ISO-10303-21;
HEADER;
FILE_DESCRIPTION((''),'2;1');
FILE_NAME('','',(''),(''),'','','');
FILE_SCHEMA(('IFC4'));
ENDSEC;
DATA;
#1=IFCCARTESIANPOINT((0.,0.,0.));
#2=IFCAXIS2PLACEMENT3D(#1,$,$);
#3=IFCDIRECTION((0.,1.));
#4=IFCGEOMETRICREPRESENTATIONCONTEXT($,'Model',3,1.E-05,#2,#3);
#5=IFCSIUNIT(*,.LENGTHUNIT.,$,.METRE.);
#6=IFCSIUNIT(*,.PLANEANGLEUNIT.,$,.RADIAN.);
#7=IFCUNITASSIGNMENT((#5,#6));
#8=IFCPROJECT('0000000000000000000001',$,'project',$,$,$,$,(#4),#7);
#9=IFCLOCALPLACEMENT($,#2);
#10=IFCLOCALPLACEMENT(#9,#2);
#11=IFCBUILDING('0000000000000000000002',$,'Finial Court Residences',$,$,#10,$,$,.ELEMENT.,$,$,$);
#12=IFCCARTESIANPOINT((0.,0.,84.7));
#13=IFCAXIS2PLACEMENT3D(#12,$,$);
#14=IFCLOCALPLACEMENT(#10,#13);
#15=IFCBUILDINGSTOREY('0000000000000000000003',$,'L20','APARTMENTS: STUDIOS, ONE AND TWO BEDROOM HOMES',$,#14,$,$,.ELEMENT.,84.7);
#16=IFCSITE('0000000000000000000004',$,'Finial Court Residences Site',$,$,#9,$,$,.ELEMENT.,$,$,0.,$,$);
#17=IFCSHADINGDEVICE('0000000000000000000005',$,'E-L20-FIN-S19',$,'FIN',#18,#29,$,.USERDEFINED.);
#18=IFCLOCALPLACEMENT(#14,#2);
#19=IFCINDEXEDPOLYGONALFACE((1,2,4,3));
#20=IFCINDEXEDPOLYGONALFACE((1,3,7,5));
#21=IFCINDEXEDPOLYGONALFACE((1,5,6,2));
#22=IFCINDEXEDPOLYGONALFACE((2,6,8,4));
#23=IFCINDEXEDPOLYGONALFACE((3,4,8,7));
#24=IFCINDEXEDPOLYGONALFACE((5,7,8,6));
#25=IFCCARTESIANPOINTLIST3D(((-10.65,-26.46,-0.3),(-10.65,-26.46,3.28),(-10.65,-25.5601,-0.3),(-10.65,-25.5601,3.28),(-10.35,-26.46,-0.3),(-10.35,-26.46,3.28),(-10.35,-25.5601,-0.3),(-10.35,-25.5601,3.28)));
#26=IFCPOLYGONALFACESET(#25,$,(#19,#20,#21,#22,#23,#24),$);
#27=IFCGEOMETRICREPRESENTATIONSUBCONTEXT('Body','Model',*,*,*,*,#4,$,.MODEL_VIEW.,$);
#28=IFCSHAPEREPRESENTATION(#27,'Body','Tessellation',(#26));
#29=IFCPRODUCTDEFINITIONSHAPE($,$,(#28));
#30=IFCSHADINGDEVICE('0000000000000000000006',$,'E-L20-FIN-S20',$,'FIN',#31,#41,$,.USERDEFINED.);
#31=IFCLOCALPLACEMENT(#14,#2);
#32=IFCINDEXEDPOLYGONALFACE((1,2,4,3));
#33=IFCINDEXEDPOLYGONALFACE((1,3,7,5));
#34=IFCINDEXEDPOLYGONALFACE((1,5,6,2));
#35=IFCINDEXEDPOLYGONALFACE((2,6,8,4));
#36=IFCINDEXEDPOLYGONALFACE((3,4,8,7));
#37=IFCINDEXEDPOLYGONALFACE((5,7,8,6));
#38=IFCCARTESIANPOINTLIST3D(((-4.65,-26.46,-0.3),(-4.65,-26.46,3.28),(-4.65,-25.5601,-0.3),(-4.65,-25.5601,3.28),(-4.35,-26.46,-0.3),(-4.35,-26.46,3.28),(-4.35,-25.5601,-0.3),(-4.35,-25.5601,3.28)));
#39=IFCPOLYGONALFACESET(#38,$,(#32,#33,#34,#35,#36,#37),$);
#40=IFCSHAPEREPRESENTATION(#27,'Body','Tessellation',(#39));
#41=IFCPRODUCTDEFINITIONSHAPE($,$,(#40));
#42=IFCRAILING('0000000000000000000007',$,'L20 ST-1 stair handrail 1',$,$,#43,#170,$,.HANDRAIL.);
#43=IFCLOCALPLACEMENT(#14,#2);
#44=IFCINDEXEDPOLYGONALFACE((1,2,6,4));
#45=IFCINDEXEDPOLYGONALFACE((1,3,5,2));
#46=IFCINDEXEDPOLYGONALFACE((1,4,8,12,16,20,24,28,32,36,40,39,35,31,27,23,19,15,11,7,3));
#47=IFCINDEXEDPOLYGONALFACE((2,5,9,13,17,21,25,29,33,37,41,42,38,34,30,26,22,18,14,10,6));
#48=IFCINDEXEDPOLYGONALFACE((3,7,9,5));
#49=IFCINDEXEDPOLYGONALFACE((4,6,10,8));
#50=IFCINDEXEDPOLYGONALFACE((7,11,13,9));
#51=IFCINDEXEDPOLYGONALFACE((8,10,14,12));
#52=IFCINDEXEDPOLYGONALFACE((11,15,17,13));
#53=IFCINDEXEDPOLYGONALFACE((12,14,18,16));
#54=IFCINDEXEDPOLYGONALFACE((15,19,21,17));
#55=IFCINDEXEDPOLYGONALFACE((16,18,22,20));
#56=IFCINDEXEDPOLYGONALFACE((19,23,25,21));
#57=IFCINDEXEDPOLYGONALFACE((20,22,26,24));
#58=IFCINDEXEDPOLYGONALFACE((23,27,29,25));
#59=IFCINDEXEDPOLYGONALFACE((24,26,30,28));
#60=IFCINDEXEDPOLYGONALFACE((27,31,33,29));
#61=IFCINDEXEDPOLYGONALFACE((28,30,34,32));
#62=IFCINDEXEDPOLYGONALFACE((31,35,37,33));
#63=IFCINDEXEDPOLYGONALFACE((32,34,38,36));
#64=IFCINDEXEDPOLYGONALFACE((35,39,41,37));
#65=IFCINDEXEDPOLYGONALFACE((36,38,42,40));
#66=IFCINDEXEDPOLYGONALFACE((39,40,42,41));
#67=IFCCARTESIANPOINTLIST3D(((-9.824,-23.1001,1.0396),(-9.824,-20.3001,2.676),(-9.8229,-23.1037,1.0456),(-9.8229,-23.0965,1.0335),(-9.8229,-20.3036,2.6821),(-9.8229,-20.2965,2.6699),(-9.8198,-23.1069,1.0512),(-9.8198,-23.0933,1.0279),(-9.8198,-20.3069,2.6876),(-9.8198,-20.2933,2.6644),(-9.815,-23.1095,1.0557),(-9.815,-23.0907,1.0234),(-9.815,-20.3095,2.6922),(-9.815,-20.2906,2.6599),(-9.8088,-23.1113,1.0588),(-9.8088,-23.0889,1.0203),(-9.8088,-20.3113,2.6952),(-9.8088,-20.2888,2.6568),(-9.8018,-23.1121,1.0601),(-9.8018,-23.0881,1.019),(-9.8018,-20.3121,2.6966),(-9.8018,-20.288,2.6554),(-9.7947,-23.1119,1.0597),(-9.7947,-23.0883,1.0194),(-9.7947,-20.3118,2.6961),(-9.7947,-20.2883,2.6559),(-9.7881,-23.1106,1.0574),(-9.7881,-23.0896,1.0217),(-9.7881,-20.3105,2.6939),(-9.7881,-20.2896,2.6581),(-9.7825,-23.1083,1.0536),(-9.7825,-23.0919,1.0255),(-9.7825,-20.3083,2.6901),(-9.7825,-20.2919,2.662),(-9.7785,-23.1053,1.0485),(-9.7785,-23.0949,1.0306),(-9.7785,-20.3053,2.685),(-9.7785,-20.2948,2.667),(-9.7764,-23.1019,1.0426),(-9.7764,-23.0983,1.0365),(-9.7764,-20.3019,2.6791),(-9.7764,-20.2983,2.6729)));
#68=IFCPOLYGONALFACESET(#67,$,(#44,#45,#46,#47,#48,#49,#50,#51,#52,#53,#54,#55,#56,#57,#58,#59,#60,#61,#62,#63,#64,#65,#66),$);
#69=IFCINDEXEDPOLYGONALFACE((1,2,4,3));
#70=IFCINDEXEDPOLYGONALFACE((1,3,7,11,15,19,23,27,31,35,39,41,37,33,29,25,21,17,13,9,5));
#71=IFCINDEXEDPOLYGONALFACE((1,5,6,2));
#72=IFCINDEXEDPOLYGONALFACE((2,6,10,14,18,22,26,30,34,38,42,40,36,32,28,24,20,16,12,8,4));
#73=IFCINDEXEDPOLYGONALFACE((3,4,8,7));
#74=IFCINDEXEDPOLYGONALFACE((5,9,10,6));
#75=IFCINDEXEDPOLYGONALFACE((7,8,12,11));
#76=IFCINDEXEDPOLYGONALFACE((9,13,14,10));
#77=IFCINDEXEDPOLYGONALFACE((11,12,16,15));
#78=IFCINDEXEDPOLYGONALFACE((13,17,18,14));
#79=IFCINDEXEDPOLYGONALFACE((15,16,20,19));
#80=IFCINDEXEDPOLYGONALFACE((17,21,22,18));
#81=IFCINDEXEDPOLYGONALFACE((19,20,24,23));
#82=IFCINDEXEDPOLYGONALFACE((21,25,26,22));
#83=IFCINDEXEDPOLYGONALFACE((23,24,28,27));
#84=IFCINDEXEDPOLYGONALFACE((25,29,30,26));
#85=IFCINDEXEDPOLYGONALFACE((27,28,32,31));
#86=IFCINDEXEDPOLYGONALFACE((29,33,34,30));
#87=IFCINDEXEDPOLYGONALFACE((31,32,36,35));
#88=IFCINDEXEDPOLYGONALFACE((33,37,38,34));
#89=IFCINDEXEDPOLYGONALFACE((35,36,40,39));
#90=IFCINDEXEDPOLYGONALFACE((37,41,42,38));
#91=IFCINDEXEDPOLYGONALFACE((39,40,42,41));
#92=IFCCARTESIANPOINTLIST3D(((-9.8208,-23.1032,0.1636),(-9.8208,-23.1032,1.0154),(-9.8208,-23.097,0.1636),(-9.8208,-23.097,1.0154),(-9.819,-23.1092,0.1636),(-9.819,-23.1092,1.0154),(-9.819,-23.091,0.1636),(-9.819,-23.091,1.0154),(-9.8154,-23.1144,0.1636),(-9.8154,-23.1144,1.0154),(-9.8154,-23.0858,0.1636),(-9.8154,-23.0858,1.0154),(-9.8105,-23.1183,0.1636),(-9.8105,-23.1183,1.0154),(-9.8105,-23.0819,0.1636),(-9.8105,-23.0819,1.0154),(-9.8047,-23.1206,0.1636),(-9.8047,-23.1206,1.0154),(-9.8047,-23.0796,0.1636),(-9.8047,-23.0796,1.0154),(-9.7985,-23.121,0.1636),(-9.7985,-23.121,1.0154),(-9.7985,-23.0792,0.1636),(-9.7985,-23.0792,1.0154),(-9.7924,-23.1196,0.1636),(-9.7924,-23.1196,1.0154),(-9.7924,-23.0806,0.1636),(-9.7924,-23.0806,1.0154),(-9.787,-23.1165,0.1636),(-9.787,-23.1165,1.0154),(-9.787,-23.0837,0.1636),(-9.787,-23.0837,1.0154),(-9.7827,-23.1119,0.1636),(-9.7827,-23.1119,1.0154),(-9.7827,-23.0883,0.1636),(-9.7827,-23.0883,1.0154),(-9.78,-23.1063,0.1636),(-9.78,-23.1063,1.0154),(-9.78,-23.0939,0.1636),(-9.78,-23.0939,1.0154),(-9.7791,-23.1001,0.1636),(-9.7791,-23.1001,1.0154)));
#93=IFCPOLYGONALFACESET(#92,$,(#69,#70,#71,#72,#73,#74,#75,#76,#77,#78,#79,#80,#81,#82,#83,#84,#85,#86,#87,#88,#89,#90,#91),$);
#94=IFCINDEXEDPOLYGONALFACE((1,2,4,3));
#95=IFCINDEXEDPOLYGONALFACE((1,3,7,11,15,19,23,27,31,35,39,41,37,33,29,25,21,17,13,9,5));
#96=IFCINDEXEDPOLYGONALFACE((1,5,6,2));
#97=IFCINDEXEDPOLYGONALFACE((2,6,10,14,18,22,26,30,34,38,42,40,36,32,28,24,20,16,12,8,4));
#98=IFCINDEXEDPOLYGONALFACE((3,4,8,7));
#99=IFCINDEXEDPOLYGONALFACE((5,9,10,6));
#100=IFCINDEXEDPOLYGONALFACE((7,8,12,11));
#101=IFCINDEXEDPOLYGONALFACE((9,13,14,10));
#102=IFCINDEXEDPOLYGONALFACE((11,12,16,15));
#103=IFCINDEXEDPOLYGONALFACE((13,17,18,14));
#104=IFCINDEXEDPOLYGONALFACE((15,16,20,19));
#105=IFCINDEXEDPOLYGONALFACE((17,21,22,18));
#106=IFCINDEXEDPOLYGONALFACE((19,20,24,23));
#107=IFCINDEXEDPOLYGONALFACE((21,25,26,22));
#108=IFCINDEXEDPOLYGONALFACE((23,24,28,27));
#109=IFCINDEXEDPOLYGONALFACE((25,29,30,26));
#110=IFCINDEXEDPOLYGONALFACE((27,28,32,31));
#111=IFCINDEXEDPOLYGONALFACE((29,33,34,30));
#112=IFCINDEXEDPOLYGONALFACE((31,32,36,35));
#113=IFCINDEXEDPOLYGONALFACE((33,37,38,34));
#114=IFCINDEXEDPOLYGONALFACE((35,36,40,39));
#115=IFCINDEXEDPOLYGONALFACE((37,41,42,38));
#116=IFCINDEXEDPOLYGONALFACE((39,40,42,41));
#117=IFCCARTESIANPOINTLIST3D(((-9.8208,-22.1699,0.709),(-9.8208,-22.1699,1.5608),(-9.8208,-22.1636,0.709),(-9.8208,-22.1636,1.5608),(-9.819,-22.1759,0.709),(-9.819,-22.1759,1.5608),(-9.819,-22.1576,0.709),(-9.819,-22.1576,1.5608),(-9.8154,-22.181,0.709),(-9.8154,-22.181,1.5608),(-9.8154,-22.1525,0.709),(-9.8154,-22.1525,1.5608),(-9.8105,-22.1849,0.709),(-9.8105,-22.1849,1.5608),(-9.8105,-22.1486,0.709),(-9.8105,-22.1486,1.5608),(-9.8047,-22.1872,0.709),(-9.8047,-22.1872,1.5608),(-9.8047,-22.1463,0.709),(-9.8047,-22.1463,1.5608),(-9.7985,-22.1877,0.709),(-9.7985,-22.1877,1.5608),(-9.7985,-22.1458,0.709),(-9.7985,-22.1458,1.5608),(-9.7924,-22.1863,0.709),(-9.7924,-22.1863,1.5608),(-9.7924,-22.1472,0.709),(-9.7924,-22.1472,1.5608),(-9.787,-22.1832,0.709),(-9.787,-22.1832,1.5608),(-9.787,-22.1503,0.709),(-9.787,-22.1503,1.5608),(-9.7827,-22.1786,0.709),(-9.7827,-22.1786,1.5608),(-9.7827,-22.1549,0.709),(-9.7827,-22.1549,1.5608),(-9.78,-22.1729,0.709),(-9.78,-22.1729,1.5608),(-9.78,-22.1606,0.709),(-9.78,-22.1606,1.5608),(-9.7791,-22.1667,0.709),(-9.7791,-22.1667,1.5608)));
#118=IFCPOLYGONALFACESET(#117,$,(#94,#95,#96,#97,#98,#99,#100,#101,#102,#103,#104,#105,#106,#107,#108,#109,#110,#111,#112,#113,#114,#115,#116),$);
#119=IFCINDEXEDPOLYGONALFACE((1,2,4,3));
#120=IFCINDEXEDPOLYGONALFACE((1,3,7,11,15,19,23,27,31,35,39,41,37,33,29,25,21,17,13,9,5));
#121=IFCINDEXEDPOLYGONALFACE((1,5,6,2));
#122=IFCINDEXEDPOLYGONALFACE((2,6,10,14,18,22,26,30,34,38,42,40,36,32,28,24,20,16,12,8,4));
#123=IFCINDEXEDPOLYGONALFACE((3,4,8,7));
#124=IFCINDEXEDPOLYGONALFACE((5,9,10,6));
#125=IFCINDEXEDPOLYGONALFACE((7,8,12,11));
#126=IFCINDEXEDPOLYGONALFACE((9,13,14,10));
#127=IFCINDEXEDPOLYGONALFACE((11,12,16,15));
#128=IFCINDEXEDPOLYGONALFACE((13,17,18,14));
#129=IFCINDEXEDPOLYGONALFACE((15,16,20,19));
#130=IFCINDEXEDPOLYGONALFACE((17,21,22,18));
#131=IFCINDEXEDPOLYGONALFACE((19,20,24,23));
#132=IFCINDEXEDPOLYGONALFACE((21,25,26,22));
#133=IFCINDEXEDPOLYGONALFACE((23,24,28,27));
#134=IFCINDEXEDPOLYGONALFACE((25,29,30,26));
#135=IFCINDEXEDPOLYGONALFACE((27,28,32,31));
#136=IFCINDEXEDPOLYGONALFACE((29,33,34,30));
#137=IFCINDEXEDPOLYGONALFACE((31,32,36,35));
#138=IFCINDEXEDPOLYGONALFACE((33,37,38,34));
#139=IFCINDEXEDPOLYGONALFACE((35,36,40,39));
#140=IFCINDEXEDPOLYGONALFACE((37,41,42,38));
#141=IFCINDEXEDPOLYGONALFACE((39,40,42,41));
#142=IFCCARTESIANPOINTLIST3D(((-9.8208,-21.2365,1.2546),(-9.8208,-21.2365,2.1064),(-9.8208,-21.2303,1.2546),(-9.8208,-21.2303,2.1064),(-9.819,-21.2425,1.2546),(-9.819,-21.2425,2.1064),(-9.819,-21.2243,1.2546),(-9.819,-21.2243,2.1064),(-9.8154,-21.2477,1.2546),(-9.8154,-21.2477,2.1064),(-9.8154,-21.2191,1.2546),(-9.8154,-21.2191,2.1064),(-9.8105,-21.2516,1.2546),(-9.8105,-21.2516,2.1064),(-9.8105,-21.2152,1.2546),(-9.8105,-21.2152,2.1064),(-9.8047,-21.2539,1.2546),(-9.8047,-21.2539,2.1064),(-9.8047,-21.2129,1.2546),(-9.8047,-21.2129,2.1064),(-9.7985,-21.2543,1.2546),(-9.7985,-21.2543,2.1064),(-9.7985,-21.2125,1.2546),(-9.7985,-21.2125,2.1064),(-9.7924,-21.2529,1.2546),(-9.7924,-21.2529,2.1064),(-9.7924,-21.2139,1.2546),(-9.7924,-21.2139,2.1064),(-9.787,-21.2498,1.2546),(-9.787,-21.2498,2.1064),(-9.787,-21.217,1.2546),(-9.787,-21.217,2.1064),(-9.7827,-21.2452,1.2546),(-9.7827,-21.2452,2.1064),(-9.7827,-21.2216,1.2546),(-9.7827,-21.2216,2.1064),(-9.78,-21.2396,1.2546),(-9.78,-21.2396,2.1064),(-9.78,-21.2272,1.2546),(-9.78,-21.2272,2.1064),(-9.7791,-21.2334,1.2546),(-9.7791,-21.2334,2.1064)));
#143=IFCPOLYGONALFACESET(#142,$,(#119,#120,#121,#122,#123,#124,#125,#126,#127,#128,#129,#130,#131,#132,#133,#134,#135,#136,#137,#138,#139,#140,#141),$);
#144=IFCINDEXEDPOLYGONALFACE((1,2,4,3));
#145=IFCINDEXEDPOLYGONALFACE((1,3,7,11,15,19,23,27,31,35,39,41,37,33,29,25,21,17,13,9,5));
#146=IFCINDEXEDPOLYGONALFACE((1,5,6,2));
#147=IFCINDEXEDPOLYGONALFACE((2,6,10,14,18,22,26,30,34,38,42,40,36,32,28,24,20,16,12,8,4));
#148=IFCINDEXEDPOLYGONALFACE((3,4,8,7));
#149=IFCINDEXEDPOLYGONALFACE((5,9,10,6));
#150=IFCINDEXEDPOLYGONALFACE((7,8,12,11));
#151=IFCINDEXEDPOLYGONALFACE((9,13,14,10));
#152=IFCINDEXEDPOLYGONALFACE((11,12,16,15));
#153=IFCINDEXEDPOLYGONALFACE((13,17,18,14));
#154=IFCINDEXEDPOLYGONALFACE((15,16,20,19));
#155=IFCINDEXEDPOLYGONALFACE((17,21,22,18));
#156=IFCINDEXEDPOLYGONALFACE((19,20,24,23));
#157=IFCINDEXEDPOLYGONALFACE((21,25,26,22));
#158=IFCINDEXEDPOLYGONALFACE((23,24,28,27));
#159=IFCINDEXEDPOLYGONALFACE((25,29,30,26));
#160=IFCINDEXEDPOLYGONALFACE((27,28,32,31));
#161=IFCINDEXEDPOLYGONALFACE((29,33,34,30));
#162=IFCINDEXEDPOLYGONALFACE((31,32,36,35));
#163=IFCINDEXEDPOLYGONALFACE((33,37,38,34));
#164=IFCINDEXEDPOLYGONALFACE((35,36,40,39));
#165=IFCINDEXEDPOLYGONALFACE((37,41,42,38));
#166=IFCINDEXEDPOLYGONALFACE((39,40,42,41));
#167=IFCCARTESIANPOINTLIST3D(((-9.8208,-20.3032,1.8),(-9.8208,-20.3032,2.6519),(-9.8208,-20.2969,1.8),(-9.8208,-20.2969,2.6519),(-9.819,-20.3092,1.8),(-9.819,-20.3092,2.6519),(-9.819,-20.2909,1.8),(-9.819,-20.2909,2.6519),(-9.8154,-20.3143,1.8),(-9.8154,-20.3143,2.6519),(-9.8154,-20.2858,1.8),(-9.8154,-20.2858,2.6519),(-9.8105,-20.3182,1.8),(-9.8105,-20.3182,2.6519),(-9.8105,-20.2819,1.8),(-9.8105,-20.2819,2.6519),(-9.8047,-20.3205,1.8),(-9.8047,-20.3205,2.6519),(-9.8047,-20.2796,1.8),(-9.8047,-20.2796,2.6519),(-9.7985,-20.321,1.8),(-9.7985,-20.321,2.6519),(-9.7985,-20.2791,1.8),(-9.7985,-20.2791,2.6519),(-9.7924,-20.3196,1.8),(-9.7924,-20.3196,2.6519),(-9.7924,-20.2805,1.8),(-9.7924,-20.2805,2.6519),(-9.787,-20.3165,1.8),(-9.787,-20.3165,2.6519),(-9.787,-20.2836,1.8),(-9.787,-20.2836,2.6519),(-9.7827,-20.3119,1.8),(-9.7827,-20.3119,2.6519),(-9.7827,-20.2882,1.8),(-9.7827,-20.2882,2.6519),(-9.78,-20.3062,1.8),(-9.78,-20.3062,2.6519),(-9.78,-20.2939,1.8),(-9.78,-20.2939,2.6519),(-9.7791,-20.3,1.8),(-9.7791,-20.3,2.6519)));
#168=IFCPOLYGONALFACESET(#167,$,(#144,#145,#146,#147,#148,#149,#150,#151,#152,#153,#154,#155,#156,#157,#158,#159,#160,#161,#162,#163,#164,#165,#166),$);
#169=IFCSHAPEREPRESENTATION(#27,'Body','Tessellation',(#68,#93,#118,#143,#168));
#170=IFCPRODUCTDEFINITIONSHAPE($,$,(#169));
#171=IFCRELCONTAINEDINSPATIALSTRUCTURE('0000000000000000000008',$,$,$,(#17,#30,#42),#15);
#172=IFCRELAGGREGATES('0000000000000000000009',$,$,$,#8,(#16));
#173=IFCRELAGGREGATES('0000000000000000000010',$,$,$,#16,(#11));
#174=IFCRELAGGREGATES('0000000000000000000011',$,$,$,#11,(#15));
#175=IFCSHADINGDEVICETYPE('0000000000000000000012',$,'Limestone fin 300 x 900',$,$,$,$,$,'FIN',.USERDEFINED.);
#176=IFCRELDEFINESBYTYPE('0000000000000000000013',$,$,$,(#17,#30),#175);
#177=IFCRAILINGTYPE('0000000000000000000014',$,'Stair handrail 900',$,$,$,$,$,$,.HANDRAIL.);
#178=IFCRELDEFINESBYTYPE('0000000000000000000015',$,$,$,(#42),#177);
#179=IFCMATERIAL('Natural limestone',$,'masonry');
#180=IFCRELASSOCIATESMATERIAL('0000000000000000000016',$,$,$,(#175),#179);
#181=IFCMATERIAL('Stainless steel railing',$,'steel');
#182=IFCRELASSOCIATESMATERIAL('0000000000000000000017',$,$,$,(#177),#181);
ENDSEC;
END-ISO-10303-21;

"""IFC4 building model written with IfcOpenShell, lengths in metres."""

from ifc_helpers import new_model, si_unit, direction, frame, origin, origin_2d, place, context, subcontext, project, spatial, rectangle, circle, extrude, material, type_object, element, save


model = new_model("IFC4")

# Units and contexts
model_context = context("Model", 3, precision=1e-05, world=origin(), true_north=direction((0.0, 1.0)))
body_context = subcontext(model_context, "Body", "Model", "MODEL_VIEW")
ifc_project = project(units=[si_unit("LENGTHUNIT", "METRE"), si_unit("PLANEANGLEUNIT", "RADIAN")], contexts=[model_context])

# Site, building, storey
site_placement = place(None, origin())
site = spatial("IfcSite", under=ifc_project, at=site_placement, Name="Finial Court Residences Site", CompositionType="ELEMENT", RefElevation=0.0)
building_placement = place(site_placement, origin())
building = spatial("IfcBuilding", under=site, at=building_placement, Name="Finial Court Residences", CompositionType="ELEMENT")
storey_placement = place(building_placement, frame((0.0, 0.0, 84.7)))
storey = spatial("IfcBuildingStorey", under=building, at=storey_placement, Name="L20", Description="APARTMENTS: STUDIOS, ONE AND TWO BEDROOM HOMES", CompositionType="ELEMENT", Elevation=84.7)

# Shading devices
ifc_material_1 = material(Name="Natural limestone", Category="masonry")
shading_device_type = type_object("IfcShadingDeviceType", Name="Limestone fin 300 x 900", ElementType="FIN", PredefinedType="USERDEFINED", material=ifc_material_1)
for number, where, z_axis, x_axis, name in (
    (1, (-10.5, -26.01, -0.3), (0.0, 0.0, 1.0), (1.0, 0.0, 0.0), "E-L20-FIN-S19"),
    (2, (-4.5, -26.01, -0.3), (0.0, 0.0, 1.0), (1.0, 0.0, 0.0), "E-L20-FIN-S20"),
):
    element("IfcShadingDevice", number, at=place(storey_placement, frame(where, z_axis=z_axis, x_axis=x_axis)), inside=storey, type_object=shading_device_type, Name=name, ObjectType="FIN", PredefinedType="USERDEFINED", context=body_context, shape_type="SweptSolid", body=[
        extrude(rectangle(XDim=0.3, YDim=0.8999, at=origin_2d()), origin(), (0.0, 0.0, 1.0), 3.5801),
    ])

# Railing
ifc_material_2 = material(Name="Stainless steel railing", Category="steel")
railing_type = type_object("IfcRailingType", Name="Stair handrail 900", PredefinedType="HANDRAIL", material=ifc_material_2)
railing_placement = place(storey_placement, frame((-9.8, -23.1001, 0.1636)))
element("IfcRailing", 3, at=railing_placement, inside=storey, type_object=railing_type, Name="L20 ST-1 stair handrail 1", PredefinedType="HANDRAIL", context=body_context, shape_type="SweptSolid", body=[
    extrude(circle(Radius=0.0239, at=origin_2d()), frame((0.0, 0.0, 0.876), z_axis=(0.0, 0.863361, 0.504587), x_axis=(-1.0, 0.0, 0.0)), (0.0, 0.0, 1.0), 3.2432),
    extrude(circle(Radius=0.021, at=origin_2d()), origin(), (0.0, 0.0, 1.0), 0.8518),
    extrude(circle(Radius=0.021, at=origin_2d()), frame((0.0, 0.9333, 0.5454)), (0.0, 0.0, 1.0), 0.8518),
    extrude(circle(Radius=0.021, at=origin_2d()), frame((0.0, 1.8667, 1.0911)), (0.0, 0.0, 1.0), 0.8518),
    extrude(circle(Radius=0.021, at=origin_2d()), frame((0.0, 2.8, 1.6365)), (0.0, 0.0, 1.0), 0.8518),
])

save(model, "model.ifc")
